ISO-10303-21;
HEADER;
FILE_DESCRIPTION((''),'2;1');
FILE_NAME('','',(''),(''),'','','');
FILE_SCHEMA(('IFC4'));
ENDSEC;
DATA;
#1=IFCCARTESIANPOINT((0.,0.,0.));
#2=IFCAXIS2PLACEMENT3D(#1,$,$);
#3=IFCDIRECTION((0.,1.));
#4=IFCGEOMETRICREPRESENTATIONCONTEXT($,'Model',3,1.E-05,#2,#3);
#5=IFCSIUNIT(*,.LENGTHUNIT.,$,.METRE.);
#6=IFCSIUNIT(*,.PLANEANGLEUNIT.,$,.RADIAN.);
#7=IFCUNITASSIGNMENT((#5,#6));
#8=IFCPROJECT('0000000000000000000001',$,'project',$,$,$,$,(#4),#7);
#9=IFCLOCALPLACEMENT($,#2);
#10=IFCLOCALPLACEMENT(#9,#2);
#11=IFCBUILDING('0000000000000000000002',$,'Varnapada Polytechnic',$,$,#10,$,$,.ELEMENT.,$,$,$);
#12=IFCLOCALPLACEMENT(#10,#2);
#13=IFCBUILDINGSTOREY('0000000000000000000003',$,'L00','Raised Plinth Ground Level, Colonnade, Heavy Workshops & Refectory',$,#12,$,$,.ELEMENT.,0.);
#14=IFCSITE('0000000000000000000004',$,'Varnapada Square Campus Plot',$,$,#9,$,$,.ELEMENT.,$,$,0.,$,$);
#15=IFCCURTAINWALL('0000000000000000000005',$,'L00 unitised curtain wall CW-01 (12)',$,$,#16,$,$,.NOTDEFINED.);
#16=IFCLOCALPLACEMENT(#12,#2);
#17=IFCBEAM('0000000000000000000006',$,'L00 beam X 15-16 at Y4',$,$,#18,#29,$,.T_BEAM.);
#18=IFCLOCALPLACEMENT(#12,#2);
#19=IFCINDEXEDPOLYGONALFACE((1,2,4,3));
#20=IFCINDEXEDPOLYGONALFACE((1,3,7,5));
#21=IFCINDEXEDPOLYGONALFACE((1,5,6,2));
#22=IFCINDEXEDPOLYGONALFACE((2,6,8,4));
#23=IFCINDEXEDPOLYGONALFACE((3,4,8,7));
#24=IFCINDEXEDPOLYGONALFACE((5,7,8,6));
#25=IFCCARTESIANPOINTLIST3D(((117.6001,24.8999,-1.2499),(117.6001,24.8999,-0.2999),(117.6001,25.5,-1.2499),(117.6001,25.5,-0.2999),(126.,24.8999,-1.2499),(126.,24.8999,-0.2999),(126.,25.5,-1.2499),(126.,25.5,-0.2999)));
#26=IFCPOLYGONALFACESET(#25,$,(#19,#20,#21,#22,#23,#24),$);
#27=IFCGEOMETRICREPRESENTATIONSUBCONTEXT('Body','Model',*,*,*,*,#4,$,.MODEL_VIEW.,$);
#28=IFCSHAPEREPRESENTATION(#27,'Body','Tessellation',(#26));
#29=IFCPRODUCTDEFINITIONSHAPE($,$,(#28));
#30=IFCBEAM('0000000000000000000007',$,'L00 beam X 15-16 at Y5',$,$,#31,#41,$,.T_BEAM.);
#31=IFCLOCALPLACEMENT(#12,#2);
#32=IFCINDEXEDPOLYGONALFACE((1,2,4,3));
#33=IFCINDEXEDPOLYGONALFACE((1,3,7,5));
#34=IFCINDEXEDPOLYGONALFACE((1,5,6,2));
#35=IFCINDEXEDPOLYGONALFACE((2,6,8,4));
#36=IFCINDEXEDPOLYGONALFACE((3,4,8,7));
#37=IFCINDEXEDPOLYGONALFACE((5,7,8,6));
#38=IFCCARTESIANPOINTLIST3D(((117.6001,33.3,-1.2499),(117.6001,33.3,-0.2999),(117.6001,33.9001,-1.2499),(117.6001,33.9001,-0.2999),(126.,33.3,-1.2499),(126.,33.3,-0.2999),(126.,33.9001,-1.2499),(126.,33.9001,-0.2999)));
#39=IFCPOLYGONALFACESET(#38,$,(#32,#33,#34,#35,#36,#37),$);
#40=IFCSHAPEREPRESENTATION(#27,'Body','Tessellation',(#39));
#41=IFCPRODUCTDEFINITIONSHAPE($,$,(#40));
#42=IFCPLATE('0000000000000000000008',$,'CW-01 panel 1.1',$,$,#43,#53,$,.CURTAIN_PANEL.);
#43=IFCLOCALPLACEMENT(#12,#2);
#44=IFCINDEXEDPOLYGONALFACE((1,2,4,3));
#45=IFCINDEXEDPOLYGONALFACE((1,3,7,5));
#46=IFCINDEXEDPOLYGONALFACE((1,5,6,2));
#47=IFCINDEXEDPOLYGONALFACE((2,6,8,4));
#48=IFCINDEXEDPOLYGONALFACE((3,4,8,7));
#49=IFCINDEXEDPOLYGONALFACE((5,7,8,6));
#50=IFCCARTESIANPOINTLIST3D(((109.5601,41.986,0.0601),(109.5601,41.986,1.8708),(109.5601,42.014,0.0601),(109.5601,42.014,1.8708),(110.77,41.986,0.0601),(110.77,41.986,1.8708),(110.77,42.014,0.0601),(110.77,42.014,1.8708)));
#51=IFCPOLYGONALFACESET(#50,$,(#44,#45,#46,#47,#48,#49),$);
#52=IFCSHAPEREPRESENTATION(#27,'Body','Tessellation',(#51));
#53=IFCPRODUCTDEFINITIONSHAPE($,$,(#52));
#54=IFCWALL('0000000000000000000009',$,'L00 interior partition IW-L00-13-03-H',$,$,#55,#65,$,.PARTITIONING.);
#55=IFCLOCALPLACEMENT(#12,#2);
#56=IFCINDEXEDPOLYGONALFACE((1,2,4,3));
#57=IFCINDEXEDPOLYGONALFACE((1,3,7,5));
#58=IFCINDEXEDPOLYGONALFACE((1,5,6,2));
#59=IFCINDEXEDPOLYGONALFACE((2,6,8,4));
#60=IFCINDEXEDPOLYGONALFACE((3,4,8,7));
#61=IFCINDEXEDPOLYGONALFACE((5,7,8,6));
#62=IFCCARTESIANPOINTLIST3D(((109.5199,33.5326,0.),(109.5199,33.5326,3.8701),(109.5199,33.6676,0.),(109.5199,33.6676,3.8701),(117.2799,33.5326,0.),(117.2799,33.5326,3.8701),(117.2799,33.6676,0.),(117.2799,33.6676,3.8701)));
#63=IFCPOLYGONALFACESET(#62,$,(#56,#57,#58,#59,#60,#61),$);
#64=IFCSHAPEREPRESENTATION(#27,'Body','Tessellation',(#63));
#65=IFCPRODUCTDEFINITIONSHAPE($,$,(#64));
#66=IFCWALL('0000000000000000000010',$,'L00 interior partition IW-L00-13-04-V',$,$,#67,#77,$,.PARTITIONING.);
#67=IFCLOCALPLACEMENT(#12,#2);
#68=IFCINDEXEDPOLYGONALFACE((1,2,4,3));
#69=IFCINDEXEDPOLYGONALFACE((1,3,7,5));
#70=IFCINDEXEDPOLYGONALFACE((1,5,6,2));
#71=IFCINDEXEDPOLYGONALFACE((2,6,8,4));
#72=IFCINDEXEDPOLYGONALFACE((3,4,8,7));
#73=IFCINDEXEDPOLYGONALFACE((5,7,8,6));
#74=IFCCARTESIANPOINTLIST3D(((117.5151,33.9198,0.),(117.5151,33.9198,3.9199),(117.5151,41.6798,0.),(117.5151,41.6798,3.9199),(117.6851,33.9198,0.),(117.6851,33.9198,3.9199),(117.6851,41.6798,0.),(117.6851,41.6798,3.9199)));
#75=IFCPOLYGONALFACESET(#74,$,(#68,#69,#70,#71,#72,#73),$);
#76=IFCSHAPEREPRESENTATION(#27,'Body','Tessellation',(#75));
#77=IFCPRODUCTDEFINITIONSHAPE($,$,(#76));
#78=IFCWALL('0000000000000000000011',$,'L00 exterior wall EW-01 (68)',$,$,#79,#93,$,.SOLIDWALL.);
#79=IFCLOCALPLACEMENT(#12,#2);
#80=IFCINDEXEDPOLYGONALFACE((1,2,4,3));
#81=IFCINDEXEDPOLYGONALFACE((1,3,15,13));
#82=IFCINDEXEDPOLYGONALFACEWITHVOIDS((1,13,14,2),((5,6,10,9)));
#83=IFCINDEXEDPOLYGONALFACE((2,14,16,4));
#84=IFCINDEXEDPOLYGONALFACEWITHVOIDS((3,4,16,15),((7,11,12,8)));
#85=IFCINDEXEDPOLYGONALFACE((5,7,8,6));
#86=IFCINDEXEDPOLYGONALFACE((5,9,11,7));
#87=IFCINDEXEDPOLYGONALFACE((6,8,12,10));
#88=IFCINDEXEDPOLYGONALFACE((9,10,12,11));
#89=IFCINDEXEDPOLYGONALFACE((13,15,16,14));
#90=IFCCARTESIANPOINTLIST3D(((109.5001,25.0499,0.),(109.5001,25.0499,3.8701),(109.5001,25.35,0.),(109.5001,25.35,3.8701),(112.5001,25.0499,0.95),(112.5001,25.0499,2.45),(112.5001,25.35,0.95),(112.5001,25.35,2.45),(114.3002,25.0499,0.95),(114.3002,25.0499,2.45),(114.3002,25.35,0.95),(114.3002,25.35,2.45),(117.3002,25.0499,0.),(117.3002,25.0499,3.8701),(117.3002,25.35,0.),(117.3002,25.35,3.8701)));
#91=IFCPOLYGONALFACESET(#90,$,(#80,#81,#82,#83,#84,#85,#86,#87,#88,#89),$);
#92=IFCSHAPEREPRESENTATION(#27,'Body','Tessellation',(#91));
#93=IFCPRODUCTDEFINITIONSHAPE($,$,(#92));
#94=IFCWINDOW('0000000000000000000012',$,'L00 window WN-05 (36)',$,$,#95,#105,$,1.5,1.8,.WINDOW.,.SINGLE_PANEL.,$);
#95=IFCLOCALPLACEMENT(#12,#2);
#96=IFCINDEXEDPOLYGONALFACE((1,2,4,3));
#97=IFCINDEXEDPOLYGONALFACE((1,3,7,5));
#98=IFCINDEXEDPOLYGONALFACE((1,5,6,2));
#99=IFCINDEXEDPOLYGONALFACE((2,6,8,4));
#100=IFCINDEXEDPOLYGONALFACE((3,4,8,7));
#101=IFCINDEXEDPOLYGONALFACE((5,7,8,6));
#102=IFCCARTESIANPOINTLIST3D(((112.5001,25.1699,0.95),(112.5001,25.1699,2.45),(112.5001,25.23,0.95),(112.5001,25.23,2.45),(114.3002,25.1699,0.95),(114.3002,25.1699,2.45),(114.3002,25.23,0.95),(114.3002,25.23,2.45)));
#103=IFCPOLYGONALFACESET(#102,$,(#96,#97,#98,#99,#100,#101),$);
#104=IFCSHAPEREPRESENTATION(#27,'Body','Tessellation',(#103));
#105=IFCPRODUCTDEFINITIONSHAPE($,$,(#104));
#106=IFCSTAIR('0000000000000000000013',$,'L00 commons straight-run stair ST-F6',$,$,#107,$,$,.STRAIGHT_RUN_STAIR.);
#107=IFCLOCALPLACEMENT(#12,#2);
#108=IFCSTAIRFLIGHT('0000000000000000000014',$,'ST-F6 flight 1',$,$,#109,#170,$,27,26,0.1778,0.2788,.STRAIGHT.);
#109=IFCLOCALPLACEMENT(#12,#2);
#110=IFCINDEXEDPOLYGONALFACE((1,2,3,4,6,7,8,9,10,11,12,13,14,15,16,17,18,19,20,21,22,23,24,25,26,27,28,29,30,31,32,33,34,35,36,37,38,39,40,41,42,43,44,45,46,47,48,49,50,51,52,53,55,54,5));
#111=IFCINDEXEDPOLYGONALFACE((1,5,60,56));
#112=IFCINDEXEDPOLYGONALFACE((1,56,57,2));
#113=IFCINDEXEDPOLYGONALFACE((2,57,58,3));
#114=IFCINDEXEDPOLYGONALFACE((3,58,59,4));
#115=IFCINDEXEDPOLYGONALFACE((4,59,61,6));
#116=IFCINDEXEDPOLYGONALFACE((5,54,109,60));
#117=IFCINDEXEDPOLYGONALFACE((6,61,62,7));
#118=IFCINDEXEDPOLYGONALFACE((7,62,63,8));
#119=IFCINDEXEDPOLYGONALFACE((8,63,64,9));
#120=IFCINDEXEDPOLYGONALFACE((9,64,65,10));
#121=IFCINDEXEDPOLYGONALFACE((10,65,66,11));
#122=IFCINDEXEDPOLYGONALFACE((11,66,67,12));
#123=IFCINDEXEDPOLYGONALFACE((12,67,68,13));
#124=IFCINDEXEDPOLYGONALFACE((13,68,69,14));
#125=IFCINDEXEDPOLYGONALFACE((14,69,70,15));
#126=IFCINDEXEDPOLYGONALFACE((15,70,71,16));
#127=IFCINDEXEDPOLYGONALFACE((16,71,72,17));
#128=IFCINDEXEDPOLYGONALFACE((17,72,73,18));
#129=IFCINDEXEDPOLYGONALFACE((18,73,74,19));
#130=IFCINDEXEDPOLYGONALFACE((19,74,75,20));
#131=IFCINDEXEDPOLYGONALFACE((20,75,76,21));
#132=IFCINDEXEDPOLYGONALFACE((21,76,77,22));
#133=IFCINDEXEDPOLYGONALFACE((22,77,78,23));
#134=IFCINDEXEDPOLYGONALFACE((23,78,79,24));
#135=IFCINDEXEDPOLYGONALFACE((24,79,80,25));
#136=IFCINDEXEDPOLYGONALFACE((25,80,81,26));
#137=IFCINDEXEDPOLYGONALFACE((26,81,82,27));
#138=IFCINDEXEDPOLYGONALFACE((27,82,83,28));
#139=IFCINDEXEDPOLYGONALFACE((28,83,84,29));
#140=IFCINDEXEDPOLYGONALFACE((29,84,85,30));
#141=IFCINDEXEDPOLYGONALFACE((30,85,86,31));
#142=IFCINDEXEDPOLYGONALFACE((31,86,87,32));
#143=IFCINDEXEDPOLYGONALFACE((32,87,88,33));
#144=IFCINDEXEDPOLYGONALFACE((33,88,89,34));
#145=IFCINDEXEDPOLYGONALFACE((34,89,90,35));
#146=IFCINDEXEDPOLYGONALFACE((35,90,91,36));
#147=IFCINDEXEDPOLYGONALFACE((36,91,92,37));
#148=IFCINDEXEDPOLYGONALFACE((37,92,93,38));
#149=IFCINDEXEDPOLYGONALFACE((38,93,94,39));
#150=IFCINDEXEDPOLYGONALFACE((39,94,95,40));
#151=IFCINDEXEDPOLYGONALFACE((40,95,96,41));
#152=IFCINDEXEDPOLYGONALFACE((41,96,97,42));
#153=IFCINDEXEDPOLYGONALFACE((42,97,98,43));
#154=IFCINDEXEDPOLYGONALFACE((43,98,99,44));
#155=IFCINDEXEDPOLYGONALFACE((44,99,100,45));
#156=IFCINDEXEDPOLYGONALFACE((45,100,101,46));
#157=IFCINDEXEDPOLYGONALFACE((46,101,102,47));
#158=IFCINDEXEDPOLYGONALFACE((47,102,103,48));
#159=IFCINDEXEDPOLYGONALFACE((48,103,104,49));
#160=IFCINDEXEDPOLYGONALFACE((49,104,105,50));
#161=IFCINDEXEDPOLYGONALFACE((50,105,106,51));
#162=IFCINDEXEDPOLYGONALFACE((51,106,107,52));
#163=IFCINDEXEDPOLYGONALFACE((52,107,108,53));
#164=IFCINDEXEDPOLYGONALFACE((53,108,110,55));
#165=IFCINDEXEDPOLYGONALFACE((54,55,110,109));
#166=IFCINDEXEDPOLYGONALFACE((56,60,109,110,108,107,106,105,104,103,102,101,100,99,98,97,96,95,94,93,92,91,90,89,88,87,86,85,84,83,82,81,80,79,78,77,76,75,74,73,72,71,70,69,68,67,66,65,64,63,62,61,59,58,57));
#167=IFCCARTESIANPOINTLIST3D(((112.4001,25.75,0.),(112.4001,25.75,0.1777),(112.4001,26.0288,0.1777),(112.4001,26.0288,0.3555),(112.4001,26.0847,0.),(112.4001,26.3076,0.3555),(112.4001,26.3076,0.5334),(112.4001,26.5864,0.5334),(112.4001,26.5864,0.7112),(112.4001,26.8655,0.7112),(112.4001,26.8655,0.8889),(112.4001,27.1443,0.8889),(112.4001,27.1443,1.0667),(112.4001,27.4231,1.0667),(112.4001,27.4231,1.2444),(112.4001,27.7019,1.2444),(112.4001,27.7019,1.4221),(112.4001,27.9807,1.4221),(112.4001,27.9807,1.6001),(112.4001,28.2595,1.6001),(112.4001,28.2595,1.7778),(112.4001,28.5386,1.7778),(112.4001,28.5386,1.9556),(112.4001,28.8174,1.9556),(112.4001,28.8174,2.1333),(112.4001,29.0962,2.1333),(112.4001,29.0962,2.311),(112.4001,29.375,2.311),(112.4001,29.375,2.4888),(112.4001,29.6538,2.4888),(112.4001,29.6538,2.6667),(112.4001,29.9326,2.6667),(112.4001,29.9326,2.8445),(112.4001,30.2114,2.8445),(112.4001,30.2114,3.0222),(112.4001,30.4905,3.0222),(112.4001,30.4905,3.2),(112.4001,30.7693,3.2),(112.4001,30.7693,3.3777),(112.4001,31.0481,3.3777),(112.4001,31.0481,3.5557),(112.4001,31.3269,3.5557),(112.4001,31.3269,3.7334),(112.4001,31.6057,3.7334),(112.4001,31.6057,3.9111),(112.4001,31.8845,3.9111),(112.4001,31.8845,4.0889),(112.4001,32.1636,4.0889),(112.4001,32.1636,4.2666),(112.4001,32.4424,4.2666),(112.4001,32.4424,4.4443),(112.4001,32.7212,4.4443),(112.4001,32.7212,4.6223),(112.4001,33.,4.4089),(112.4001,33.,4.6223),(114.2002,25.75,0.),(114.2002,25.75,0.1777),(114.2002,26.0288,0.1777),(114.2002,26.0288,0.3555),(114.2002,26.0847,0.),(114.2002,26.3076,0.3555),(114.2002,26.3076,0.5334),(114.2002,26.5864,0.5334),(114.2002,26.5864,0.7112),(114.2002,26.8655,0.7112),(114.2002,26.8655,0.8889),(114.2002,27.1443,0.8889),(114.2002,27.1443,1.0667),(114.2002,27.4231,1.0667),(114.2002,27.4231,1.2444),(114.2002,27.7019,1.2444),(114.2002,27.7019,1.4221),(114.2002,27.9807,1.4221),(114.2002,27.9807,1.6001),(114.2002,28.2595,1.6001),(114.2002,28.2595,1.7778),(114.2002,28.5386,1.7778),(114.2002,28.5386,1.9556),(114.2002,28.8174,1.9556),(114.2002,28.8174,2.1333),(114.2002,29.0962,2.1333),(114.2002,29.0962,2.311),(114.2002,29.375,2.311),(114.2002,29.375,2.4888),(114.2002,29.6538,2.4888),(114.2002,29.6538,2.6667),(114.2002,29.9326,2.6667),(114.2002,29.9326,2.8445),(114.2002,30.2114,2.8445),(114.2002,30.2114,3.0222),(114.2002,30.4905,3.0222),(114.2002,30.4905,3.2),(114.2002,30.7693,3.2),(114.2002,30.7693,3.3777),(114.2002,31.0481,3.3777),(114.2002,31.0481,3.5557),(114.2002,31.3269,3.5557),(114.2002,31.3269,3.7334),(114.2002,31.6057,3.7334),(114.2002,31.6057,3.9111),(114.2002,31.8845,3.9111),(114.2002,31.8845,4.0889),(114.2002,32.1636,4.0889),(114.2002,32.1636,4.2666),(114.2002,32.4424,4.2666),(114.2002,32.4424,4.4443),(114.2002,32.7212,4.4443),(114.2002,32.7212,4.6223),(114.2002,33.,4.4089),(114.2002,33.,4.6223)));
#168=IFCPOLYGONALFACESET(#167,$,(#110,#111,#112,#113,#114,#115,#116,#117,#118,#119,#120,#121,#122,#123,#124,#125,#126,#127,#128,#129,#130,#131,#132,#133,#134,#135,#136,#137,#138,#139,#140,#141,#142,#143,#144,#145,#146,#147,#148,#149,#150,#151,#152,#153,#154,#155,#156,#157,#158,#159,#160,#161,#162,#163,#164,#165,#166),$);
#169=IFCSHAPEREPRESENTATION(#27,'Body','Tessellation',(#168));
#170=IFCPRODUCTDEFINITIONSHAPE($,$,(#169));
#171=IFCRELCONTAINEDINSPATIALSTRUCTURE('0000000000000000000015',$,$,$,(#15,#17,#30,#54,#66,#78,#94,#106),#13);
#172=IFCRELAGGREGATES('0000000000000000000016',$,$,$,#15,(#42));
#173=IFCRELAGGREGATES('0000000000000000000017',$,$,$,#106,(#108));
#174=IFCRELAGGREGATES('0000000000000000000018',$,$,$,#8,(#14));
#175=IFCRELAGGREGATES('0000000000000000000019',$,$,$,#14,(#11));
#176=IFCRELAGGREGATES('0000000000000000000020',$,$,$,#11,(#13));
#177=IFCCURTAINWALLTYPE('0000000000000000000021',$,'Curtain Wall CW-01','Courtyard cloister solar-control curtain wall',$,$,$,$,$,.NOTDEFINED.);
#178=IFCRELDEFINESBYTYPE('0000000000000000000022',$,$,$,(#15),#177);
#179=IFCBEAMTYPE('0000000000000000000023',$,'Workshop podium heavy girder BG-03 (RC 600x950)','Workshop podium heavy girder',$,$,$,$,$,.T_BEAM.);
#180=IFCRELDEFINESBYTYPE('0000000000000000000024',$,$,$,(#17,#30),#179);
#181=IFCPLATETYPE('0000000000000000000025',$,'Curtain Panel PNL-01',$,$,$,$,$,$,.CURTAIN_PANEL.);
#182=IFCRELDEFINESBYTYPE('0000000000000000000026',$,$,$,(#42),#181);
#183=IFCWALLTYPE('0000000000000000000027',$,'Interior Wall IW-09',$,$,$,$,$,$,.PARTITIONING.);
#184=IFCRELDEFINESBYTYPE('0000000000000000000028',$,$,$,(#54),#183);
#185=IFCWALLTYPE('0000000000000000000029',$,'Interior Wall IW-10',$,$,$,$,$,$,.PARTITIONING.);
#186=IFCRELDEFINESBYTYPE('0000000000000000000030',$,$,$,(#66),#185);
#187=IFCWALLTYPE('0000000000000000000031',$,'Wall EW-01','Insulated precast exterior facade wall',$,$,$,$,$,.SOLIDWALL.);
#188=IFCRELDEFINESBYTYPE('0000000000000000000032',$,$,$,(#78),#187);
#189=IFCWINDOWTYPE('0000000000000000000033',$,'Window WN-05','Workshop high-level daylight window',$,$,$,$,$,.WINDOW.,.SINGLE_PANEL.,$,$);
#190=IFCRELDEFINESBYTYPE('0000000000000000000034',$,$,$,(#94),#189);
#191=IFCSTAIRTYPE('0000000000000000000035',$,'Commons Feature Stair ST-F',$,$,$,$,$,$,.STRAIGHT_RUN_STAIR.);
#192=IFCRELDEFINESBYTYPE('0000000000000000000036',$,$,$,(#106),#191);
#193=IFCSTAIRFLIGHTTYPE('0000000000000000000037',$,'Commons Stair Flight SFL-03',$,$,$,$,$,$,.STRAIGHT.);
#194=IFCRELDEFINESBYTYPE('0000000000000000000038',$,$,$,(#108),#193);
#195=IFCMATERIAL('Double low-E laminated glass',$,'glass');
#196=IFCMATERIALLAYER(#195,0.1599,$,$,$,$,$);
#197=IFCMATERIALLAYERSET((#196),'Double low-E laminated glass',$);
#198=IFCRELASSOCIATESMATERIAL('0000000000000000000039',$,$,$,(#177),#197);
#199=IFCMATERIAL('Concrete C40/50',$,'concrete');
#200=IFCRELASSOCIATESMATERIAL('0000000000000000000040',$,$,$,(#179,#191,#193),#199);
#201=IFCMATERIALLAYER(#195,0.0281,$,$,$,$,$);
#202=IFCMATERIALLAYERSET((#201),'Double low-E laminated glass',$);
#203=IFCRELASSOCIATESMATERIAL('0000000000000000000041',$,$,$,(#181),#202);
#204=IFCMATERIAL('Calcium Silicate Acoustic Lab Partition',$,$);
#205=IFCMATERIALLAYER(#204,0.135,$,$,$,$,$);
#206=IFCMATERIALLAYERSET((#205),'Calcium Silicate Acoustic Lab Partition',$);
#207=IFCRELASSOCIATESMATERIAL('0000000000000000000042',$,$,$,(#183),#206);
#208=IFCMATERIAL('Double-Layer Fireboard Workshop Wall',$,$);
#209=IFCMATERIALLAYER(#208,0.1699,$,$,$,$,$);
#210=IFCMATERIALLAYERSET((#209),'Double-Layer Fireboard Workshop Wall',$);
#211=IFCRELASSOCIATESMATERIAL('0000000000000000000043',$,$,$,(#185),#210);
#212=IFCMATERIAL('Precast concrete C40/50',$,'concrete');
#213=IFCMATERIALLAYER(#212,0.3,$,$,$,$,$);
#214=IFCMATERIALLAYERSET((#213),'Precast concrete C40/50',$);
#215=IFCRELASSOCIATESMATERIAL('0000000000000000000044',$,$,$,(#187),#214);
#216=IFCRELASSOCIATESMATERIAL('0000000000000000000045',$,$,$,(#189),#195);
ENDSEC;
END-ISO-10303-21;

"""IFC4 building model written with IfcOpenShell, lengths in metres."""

from ifc_helpers import new_model, si_unit, direction, frame, frame_2d, origin, origin_2d, place, context, subcontext, project, spatial, polyline, rectangle, outline, extrude, material, layer, layer_set, material_profile, profile_set, type_object, element, fill, aggregate, save


model = new_model("IFC4")

# Units and contexts
model_context = context("Model", 3, precision=1e-05, world=origin(), true_north=direction((0.0, 1.0)))
body_context = subcontext(model_context, "Body", "Model", "MODEL_VIEW")
ifc_project = project(units=[si_unit("LENGTHUNIT", "METRE"), si_unit("PLANEANGLEUNIT", "RADIAN")], contexts=[model_context])

# Site, building, storey
site_placement = place(None, origin())
site = spatial("IfcSite", under=ifc_project, at=site_placement, Name="Varnapada Square Campus Plot", CompositionType="ELEMENT", RefElevation=0.0)
building_placement = place(site_placement, origin())
building = spatial("IfcBuilding", under=site, at=building_placement, Name="Varnapada Polytechnic", CompositionType="ELEMENT")
storey_placement = place(building_placement, origin())
storey = spatial("IfcBuildingStorey", under=building, at=storey_placement, Name="L00", Description="Raised Plinth Ground Level, Colonnade, Heavy Workshops & Refectory", CompositionType="ELEMENT", Elevation=0.0)

# Shared definitions
ifc_material_1 = material(Name="Concrete C40/50", Category="concrete")

# Curtain wall
ifc_material_2 = material(Name="Double low-E laminated glass", Category="glass")
ifc_layer_1 = layer(ifc_material_2, 0.1599)
ifc_layer_set_1 = layer_set([ifc_layer_1], Name="Double low-E laminated glass")
curtain_wall_type = type_object("IfcCurtainWallType", Name="Curtain Wall CW-01", Description="Courtyard cloister solar-control curtain wall", PredefinedType="NOTDEFINED", material=ifc_layer_set_1)
curtain_wall_placement = place(storey_placement, origin())
curtain_wall = element("IfcCurtainWall", 1, at=curtain_wall_placement, inside=storey, type_object=curtain_wall_type, Name="L00 unitised curtain wall CW-01 (12)", PredefinedType="NOTDEFINED")

# Beams
ifc_material_profile_1 = material_profile(ifc_material_1, rectangle(XDim=0.6001, YDim=0.95, at=origin_2d()), Name="RC 600x950")
ifc_profile_set_1 = profile_set([ifc_material_profile_1], Name="Concrete C40/50")
beam_type_1 = type_object("IfcBeamType", Name="Workshop podium heavy girder BG-03 (RC 600x950)", Description="Workshop podium heavy girder", PredefinedType="T_BEAM", material=ifc_profile_set_1)
for number, where, z_axis, x_axis, name in (
    (2, (117.6001, 25.2, -0.7749), (1.0, 0.0, 0.0), (0.0, 1.0, 0.0), "L00 beam X 15-16 at Y4"),
    (3, (117.6001, 33.6001, -0.7749), (1.0, 0.0, 0.0), (0.0, 1.0, 0.0), "L00 beam X 15-16 at Y5"),
):
    element("IfcBeam", number, at=place(storey_placement, frame(where, z_axis=z_axis, x_axis=x_axis)), inside=storey, type_object=beam_type_1, Name=name, PredefinedType="T_BEAM", context=body_context, shape_type="SweptSolid", body=[
        extrude(rectangle(XDim=0.6001, YDim=0.95, at=origin_2d()), origin(), (0.0, 0.0, 1.0), 8.3999),
    ])

# Plate
ifc_layer_2 = layer(ifc_material_2, 0.0281)
ifc_layer_set_2 = layer_set([ifc_layer_2], Name="Double low-E laminated glass")
plate_type = type_object("IfcPlateType", Name="Curtain Panel PNL-01", PredefinedType="CURTAIN_PANEL", material=ifc_layer_set_2)
plate_placement = place(storey_placement, frame((110.165, 42.0, 0.0601), z_axis=(0.0, 0.0, 1.0), x_axis=(1.0, 0.0, 0.0)))
plate = element("IfcPlate", 4, at=plate_placement, type_object=plate_type, Name="CW-01 panel 1.1", PredefinedType="CURTAIN_PANEL", context=body_context, shape_type="SweptSolid", body=[
    extrude(rectangle(XDim=1.21, YDim=0.0281, at=origin_2d()), origin(), (0.0, 0.0, 1.0), 1.8108),
])
aggregate(curtain_wall, [plate])

# Walls
ifc_material_3 = material(Name="Calcium Silicate Acoustic Lab Partition")
ifc_layer_3 = layer(ifc_material_3, 0.135)
ifc_layer_set_3 = layer_set([ifc_layer_3], Name="Calcium Silicate Acoustic Lab Partition")
wall_type_1 = type_object("IfcWallType", Name="Interior Wall IW-09", PredefinedType="PARTITIONING", material=ifc_layer_set_3)
wall_1_placement = place(storey_placement, frame((109.52, 33.6001, 0.0), z_axis=(0.0, 0.0, 1.0), x_axis=(1.0, 0.0, 0.0)))
element("IfcWall", 5, at=wall_1_placement, inside=storey, type_object=wall_type_1, Name="L00 interior partition IW-L00-13-03-H", PredefinedType="PARTITIONING", context=body_context, shape_type="SweptSolid", body=[
    extrude(rectangle(XDim=7.76, YDim=0.135, at=frame_2d((3.8799, 0.0))), origin(), (0.0, 0.0, 1.0), 3.8701),
])
ifc_material_4 = material(Name="Double-Layer Fireboard Workshop Wall")
ifc_layer_4 = layer(ifc_material_4, 0.1699)
ifc_layer_set_4 = layer_set([ifc_layer_4], Name="Double-Layer Fireboard Workshop Wall")
wall_type_2 = type_object("IfcWallType", Name="Interior Wall IW-10", PredefinedType="PARTITIONING", material=ifc_layer_set_4)
wall_2_placement = place(storey_placement, frame((117.6001, 33.9199, 0.0), z_axis=(0.0, 0.0, 1.0), x_axis=(0.0, 1.0, 0.0)))
element("IfcWall", 6, at=wall_2_placement, inside=storey, type_object=wall_type_2, Name="L00 interior partition IW-L00-13-04-V", PredefinedType="PARTITIONING", context=body_context, shape_type="SweptSolid", body=[
    extrude(rectangle(XDim=7.76, YDim=0.1699, at=frame_2d((3.8799, 0.0))), origin(), (0.0, 0.0, 1.0), 3.9199),
])

# Wall, opening, window
ifc_material_5 = material(Name="Precast concrete C40/50", Category="concrete")
ifc_layer_5 = layer(ifc_material_5, 0.3)
ifc_layer_set_5 = layer_set([ifc_layer_5], Name="Precast concrete C40/50")
wall_type_3 = type_object("IfcWallType", Name="Wall EW-01", Description="Insulated precast exterior facade wall", PredefinedType="SOLIDWALL", material=ifc_layer_set_5)
wall_3_placement = place(storey_placement, frame((117.3, 25.2, 0.0), z_axis=(0.0, 0.0, 1.0), x_axis=(-1.0, 0.0, 0.0)))
wall_3 = element("IfcWall", 7, at=wall_3_placement, inside=storey, type_object=wall_type_3, Name="L00 exterior wall EW-01 (68)", PredefinedType="SOLIDWALL", context=body_context, shape_type="SweptSolid", body=[
    extrude(rectangle(XDim=7.8, YDim=0.3, at=frame_2d((3.8999, 0.0))), origin(), (0.0, 0.0, 1.0), 3.8701),
])
opening_placement = place(wall_3_placement, frame((3.0, 0.0, 0.95)))
opening = element("IfcOpeningElement", 8, at=opening_placement, cuts=wall_3, PredefinedType="OPENING", context=body_context, shape_type="SweptSolid", body=[
    extrude(rectangle(XDim=1.8, YDim=1.5, at=frame_2d((0.8999, 0.75))), frame((0.0, 0.1599, 0.0), z_axis=(0.0, -1.0, 0.0), x_axis=(1.0, 0.0, 0.0)), (0.0, 0.0, 1.0), 0.3201),
])
window_type = type_object("IfcWindowType", Name="Window WN-05", Description="Workshop high-level daylight window", PartitioningType="SINGLE_PANEL", PredefinedType="WINDOW", material=ifc_material_2)
window_placement = place(opening_placement, origin())
window = element("IfcWindow", 9, at=window_placement, inside=storey, type_object=window_type, Name="L00 window WN-05 (36)", OverallHeight=1.5, OverallWidth=1.8, PartitioningType="SINGLE_PANEL", PredefinedType="WINDOW", context=body_context, shape_type="SweptSolid", body=[
    extrude(rectangle(XDim=1.8, YDim=1.5, at=frame_2d((0.8999, 0.75))), frame((0.0, 0.03, 0.0), z_axis=(0.0, -1.0, 0.0), x_axis=(1.0, 0.0, 0.0)), (0.0, 0.0, 1.0), 0.0601),
])
fill(opening, window)

# Stair, stair flight
stair_type = type_object("IfcStairType", Name="Commons Feature Stair ST-F", PredefinedType="STRAIGHT_RUN_STAIR", material=ifc_material_1)
stair_placement = place(storey_placement, origin())
stair = element("IfcStair", 10, at=stair_placement, inside=storey, type_object=stair_type, Name="L00 commons straight-run stair ST-F6", PredefinedType="STRAIGHT_RUN_STAIR")
stair_flight_type = type_object("IfcStairFlightType", Name="Commons Stair Flight SFL-03", PredefinedType="STRAIGHT", material=ifc_material_1)
stair_flight_placement = place(storey_placement, frame((113.3, 25.75, 0.0), z_axis=(0.0, 0.0, 1.0), x_axis=(0.0, 1.0, 0.0)))
stair_flight = element("IfcStairFlight", 11, at=stair_flight_placement, type_object=stair_flight_type, Name="ST-F6 flight 1", NumberOfRisers=27, NumberOfTreads=26, PredefinedType="STRAIGHT", RiserHeight=0.1778, TreadLength=0.2788, context=body_context, shape_type="SweptSolid", body=[
    extrude(outline(polyline([(0.0, 0.0), (0.0, 0.1777), (0.2788, 0.1777), (0.2788, 0.3555), (0.5576, 0.3555), (0.5576, 0.5334), (0.8364, 0.5334), (0.8364, 0.7112), (1.1155, 0.7112), (1.1155, 0.8889), (1.3943, 0.8889), (1.3943, 1.0667), (1.6731, 1.0667), (1.6731, 1.2444), (1.9519, 1.2444), (1.9519, 1.4221), (2.2307, 1.4221), (2.2307, 1.6001), (2.5095, 1.6001), (2.5095, 1.7778), (2.7886, 1.7778), (2.7886, 1.9556), (3.0674, 1.9556), (3.0674, 2.1333), (3.3462, 2.1333), (3.3462, 2.311), (3.625, 2.311), (3.625, 2.4888), (3.9038, 2.4888), (3.9038, 2.6667), (4.1826, 2.6667), (4.1826, 2.8445), (4.4614, 2.8445), (4.4614, 3.0222), (4.7405, 3.0222), (4.7405, 3.2), (5.0193, 3.2), (5.0193, 3.3777), (5.2981, 3.3777), (5.2981, 3.5557), (5.5769, 3.5557), (5.5769, 3.7334), (5.8557, 3.7334), (5.8557, 3.9111), (6.1345, 3.9111), (6.1345, 4.0889), (6.4136, 4.0889), (6.4136, 4.2666), (6.6924, 4.2666), (6.6924, 4.4443), (6.9712, 4.4443), (6.9712, 4.6223), (7.25, 4.6223), (7.25, 4.8), (7.25, 4.4089), (0.3347, 0.0), (0.0, 0.0)])), frame((0.0, 0.8999, 0.0), z_axis=(0.0, -1.0, 0.0), x_axis=(1.0, 0.0, 0.0)), (0.0, 0.0, 1.0), 1.8),
])
aggregate(stair, [stair_flight])

save(model, "model.ifc")
